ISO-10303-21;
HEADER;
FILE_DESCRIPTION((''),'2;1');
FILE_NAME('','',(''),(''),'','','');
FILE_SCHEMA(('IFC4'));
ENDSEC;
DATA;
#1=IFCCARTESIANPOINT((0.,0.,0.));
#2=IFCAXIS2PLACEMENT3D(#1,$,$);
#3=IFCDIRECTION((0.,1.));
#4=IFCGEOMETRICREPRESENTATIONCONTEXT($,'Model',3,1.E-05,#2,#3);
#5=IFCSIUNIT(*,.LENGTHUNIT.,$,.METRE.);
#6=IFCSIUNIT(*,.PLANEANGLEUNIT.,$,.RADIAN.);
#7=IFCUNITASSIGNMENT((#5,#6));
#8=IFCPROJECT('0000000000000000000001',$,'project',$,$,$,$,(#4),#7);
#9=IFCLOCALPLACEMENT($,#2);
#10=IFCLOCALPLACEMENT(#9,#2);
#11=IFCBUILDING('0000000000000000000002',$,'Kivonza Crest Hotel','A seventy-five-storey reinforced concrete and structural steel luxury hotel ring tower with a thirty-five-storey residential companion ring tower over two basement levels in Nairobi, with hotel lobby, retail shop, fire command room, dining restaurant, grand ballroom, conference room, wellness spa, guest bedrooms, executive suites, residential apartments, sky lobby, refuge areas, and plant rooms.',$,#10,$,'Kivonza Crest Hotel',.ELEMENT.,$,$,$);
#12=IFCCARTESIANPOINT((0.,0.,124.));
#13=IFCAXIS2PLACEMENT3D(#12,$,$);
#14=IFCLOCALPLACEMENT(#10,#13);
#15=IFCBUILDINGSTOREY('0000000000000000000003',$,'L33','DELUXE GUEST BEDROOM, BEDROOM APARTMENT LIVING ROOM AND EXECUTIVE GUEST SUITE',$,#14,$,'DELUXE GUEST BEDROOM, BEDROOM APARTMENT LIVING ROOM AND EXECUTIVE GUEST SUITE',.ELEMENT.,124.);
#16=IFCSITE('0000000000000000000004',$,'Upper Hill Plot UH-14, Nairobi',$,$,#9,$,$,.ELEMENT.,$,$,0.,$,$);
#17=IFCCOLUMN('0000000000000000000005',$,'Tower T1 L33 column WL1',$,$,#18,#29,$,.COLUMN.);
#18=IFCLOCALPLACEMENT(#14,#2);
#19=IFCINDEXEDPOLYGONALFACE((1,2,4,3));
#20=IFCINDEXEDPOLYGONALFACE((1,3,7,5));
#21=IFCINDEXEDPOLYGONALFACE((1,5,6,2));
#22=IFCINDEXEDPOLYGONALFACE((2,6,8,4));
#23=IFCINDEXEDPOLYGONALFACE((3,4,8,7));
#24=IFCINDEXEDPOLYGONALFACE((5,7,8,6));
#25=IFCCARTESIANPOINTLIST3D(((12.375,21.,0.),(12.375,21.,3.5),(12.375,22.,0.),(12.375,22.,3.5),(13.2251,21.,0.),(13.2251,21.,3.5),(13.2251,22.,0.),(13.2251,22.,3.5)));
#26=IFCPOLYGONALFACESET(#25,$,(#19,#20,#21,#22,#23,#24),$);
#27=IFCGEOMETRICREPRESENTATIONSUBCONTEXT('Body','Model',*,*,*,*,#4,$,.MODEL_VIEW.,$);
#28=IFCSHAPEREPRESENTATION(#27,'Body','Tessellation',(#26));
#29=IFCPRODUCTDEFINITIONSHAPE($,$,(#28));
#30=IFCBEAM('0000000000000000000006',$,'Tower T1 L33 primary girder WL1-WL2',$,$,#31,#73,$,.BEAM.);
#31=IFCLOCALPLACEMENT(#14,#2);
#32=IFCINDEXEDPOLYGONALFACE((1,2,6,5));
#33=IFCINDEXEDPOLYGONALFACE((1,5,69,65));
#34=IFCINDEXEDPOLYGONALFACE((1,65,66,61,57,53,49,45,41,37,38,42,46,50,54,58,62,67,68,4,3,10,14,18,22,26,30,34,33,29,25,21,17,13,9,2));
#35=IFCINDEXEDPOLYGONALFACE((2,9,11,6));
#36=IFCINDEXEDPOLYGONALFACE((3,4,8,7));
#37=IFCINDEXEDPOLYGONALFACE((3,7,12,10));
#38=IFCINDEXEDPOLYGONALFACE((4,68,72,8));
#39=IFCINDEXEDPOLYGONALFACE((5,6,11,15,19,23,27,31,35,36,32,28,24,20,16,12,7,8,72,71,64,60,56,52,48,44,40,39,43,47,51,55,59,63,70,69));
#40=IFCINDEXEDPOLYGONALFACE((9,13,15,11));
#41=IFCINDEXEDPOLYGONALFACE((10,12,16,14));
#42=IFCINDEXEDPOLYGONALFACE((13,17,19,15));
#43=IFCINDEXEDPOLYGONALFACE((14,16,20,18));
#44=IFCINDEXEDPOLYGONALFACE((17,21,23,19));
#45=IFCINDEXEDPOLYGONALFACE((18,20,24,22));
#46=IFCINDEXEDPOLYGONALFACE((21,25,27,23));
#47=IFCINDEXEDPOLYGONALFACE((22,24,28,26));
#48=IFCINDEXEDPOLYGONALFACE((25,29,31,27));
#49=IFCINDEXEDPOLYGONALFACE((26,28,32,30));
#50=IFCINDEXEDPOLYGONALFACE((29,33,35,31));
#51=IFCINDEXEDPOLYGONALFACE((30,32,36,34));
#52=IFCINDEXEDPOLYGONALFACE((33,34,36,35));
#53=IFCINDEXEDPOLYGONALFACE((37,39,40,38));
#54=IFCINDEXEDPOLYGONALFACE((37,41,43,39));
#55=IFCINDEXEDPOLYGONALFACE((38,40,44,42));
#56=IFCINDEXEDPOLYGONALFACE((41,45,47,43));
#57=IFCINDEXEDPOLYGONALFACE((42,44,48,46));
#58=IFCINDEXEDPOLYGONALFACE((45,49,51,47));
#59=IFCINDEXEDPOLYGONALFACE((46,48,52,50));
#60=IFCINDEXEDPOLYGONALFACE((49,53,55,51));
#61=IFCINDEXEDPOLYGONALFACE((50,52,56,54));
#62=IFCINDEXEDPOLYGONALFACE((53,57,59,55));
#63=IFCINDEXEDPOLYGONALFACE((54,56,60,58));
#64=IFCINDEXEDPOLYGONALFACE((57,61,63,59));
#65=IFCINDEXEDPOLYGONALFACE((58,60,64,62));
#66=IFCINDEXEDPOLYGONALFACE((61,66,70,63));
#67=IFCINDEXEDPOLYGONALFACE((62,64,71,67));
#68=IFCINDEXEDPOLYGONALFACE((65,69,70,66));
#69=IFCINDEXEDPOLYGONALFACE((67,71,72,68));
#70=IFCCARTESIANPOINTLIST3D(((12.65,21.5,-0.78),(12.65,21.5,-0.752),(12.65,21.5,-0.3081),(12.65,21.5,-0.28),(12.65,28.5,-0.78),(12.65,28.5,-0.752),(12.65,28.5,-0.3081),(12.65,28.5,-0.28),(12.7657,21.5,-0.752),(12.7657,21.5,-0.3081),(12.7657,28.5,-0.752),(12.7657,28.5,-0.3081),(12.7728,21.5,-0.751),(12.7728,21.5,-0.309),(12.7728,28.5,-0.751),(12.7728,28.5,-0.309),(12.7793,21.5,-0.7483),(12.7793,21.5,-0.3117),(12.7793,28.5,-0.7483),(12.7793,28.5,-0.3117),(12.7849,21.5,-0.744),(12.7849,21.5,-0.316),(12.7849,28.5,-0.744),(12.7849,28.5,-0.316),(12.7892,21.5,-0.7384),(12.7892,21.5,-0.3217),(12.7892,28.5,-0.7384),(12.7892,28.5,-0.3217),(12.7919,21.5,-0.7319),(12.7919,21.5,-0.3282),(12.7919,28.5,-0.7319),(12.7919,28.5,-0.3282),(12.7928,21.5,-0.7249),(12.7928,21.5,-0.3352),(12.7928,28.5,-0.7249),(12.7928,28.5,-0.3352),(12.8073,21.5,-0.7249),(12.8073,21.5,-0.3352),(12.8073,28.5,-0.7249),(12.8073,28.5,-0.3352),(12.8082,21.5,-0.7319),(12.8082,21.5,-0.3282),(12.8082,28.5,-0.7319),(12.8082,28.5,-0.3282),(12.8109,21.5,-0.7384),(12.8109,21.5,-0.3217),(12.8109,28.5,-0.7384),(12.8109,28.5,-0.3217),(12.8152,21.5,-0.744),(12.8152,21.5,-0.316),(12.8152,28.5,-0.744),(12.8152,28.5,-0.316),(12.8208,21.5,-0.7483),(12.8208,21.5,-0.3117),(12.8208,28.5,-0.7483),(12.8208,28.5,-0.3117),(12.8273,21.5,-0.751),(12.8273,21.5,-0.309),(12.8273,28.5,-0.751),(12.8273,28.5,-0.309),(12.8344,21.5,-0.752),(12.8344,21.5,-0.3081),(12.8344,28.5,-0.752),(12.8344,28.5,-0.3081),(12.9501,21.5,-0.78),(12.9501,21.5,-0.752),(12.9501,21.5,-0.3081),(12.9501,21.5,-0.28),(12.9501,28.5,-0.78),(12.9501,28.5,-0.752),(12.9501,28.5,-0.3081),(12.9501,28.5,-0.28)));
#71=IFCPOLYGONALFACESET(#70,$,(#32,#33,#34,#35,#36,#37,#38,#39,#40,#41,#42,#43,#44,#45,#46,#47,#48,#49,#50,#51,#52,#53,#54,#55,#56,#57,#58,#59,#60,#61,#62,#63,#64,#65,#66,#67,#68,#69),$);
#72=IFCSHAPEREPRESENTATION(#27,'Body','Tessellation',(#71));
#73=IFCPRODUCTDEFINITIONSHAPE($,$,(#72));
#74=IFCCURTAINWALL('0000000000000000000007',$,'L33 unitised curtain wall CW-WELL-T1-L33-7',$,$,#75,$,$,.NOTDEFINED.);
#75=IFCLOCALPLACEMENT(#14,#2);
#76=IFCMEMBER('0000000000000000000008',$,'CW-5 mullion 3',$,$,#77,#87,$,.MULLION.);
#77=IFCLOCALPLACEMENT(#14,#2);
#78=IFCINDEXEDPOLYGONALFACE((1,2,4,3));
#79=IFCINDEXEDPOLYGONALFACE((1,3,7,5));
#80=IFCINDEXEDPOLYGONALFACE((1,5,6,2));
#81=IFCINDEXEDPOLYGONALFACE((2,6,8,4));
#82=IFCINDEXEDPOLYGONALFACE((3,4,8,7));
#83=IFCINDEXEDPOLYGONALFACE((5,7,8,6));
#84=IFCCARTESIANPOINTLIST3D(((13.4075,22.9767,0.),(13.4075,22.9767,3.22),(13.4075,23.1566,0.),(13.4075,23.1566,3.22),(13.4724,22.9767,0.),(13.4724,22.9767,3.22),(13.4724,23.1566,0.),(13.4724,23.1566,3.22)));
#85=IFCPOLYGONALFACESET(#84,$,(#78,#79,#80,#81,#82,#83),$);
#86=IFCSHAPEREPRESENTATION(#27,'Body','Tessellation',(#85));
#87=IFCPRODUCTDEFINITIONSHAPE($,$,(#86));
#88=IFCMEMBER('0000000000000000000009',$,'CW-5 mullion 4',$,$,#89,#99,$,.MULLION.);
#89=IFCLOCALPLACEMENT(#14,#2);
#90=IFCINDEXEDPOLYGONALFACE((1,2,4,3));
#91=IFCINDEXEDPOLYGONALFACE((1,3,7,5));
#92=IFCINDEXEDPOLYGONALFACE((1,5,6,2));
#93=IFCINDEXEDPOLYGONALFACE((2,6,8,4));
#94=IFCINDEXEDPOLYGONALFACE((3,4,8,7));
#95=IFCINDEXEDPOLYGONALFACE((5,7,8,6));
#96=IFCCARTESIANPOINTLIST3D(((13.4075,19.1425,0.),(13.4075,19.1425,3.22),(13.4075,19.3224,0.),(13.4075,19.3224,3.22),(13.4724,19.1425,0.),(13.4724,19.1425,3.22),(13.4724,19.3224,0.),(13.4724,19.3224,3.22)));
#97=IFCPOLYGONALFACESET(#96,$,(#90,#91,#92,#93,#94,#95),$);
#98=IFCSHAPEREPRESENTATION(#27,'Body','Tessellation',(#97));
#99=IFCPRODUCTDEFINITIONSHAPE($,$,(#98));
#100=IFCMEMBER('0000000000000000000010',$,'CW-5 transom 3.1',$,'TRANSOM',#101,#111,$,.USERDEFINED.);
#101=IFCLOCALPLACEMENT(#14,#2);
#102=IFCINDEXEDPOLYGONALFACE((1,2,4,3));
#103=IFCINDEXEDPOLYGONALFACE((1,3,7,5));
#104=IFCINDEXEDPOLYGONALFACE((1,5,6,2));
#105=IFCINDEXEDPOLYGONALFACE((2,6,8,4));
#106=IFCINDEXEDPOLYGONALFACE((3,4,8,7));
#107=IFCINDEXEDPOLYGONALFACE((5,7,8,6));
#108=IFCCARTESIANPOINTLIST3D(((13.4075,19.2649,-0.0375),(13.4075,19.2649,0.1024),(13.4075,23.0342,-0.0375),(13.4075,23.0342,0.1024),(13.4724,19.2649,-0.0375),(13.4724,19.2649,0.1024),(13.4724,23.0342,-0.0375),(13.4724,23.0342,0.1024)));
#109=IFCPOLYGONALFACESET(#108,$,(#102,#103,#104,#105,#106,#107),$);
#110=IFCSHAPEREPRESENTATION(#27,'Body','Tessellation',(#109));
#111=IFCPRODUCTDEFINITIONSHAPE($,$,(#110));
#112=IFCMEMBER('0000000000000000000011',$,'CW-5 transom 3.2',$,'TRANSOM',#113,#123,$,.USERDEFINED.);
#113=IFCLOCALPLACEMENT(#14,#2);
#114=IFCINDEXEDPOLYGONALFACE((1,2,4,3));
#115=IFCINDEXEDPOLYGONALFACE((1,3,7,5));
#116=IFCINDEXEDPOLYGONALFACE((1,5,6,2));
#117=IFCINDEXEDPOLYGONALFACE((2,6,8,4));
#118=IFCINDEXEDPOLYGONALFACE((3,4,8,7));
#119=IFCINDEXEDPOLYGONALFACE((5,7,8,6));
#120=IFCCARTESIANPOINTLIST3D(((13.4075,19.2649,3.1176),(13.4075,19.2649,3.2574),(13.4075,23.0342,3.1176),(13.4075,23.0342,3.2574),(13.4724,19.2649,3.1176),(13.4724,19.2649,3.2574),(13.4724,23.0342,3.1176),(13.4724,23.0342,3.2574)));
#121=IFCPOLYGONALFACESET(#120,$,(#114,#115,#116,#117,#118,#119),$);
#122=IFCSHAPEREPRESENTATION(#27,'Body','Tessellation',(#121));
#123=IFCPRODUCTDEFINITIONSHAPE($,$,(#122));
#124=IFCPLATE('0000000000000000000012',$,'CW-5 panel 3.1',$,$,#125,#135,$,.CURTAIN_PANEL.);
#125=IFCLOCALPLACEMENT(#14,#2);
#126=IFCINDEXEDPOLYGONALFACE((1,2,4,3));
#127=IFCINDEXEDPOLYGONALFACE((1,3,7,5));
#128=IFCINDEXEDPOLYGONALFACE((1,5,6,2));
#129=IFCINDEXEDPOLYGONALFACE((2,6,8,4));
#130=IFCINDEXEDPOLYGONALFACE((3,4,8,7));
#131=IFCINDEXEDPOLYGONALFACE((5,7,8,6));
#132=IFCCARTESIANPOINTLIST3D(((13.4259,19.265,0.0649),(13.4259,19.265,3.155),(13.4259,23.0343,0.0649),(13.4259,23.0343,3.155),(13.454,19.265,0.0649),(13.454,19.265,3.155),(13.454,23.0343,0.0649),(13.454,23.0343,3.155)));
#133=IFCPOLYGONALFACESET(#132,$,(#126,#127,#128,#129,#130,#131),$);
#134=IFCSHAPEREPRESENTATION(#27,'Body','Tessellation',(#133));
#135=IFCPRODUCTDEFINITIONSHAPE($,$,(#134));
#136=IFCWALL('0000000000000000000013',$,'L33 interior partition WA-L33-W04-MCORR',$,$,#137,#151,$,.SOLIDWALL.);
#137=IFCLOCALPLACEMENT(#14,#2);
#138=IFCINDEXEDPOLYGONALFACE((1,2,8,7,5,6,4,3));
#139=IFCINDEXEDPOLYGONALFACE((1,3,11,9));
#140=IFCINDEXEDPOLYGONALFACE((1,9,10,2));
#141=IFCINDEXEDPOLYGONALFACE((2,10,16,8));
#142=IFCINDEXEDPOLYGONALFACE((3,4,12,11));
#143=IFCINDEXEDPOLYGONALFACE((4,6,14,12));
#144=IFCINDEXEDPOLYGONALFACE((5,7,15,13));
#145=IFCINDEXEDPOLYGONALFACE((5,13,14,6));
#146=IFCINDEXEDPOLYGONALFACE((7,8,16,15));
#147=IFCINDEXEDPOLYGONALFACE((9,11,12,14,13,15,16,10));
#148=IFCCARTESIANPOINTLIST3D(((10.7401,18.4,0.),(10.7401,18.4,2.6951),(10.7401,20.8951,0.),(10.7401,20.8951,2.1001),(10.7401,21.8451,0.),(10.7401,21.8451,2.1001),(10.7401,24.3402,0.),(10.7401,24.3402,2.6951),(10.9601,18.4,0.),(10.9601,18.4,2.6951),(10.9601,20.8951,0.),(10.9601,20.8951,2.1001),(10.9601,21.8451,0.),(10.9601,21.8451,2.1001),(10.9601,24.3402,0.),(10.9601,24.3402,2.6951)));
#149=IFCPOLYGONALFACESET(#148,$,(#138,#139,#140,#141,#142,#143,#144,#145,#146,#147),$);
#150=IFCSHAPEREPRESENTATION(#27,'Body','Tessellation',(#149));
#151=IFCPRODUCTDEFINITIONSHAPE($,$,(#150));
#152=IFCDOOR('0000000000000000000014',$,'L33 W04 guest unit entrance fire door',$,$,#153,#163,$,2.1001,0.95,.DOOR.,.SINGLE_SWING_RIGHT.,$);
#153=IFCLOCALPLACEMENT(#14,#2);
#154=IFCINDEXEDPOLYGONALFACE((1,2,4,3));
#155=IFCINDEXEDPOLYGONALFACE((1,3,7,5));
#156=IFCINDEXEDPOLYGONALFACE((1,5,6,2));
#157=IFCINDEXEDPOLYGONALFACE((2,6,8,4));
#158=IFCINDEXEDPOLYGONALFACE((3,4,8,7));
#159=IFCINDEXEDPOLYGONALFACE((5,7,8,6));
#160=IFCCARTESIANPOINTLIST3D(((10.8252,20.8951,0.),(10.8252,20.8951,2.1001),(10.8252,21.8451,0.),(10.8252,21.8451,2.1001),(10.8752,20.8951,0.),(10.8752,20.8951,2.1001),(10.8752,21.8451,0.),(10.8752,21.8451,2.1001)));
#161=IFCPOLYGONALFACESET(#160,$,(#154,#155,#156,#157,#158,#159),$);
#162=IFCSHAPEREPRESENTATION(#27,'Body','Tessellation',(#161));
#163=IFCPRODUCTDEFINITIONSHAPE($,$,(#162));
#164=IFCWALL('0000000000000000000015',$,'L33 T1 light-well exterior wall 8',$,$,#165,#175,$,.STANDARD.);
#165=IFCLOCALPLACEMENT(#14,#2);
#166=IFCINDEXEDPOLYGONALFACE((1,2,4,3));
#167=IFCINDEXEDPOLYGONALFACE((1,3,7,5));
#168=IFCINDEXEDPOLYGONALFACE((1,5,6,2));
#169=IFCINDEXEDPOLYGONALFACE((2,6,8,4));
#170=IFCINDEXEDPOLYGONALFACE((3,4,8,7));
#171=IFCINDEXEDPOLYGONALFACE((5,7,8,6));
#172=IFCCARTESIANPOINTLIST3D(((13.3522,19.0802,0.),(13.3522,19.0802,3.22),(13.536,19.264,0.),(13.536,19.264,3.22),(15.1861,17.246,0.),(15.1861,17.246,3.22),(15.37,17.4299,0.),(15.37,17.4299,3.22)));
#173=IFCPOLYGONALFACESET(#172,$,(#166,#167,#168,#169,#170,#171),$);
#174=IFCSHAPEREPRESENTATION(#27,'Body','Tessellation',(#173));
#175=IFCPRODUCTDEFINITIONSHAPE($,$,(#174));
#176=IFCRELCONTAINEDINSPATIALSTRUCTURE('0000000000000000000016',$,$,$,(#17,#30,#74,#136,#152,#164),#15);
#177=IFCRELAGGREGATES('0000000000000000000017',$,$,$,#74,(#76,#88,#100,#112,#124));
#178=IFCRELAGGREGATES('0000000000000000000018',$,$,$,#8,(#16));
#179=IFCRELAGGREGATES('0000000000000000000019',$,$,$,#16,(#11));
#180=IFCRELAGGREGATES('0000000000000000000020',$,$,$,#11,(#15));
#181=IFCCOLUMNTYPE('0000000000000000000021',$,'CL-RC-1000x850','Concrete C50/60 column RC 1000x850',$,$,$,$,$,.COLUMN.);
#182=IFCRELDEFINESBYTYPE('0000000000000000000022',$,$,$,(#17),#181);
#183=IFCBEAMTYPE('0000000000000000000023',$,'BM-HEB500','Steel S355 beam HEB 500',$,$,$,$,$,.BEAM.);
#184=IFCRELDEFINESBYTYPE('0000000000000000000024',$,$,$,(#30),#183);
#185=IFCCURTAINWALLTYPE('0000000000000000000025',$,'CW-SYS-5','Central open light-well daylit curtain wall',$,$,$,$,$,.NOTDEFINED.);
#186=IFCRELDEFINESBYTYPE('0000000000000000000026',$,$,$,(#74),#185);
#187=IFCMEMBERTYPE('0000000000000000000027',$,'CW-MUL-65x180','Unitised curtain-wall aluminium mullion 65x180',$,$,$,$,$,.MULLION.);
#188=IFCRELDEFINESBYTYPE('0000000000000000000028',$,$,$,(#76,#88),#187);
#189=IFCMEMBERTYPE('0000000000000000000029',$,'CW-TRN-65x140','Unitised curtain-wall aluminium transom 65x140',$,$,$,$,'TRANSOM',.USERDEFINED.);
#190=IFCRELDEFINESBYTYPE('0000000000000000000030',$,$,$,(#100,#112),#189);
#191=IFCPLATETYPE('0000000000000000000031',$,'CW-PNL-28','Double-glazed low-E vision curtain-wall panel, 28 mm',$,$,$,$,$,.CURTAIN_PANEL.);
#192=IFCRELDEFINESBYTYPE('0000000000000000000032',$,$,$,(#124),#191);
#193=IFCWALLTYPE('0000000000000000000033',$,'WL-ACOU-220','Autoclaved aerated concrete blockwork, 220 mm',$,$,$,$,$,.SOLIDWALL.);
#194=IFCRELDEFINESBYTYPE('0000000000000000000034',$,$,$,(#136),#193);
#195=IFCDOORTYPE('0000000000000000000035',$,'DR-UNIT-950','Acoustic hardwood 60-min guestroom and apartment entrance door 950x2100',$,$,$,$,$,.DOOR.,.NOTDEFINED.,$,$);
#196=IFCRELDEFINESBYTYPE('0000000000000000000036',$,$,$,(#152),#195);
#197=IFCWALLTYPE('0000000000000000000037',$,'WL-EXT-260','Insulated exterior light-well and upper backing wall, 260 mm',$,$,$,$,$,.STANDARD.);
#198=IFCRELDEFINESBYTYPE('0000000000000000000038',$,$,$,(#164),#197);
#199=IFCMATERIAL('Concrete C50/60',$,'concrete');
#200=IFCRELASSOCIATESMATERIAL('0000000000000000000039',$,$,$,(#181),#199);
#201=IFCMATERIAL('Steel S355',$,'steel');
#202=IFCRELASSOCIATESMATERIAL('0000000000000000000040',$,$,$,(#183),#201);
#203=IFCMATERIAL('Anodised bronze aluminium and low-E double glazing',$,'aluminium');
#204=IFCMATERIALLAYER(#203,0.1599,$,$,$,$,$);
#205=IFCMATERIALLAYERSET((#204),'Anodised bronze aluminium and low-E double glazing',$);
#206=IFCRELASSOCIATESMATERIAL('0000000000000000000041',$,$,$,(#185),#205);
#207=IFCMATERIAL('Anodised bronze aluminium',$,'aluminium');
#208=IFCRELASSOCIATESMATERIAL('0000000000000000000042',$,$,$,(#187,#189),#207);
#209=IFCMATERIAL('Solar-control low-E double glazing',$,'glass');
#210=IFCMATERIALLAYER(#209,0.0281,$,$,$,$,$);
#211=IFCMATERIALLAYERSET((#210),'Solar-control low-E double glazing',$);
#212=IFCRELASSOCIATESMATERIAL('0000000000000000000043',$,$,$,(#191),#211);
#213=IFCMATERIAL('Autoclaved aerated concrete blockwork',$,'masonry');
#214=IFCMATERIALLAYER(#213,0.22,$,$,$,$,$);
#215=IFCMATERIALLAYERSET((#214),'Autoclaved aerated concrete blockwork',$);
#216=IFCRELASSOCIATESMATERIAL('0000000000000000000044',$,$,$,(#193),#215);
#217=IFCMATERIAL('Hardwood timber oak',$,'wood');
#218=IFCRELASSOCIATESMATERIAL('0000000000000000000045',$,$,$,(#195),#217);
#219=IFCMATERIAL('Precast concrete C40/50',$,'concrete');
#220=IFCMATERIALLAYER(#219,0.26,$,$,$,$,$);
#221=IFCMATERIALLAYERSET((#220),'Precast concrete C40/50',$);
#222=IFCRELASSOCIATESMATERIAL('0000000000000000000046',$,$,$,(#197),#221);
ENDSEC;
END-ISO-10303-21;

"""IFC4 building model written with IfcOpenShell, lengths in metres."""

from ifc_helpers import new_model, si_unit, direction, frame, frame_2d, origin, origin_2d, place, context, subcontext, project, spatial, rectangle, i_section, extrude, material, layer, layer_set, material_profile, profile_set, type_object, element, fill, aggregate, save


model = new_model("IFC4")

# Units and contexts
model_context = context("Model", 3, precision=1e-05, world=origin(), true_north=direction((0.0, 1.0)))
body_context = subcontext(model_context, "Body", "Model", "MODEL_VIEW")
ifc_project = project(units=[si_unit("LENGTHUNIT", "METRE"), si_unit("PLANEANGLEUNIT", "RADIAN")], contexts=[model_context])

# Site, building, storey
site_placement = place(None, origin())
site = spatial("IfcSite", under=ifc_project, at=site_placement, Name="Upper Hill Plot UH-14, Nairobi", CompositionType="ELEMENT", RefElevation=0.0)
building_placement = place(site_placement, origin())
building = spatial("IfcBuilding", under=site, at=building_placement, Name="Kivonza Crest Hotel", Description="A seventy-five-storey reinforced concrete and structural steel luxury hotel ring tower with a thirty-five-storey residential companion ring tower over two basement levels in Nairobi, with hotel lobby, retail shop, fire command room, dining restaurant, grand ballroom, conference room, wellness spa, guest bedrooms, executive suites, residential apartments, sky lobby, refuge areas, and plant rooms.", LongName="Kivonza Crest Hotel", CompositionType="ELEMENT")
storey_placement = place(building_placement, frame((0.0, 0.0, 124.0)))
storey = spatial("IfcBuildingStorey", under=building, at=storey_placement, Name="L33", Description="DELUXE GUEST BEDROOM, BEDROOM APARTMENT LIVING ROOM AND EXECUTIVE GUEST SUITE", LongName="DELUXE GUEST BEDROOM, BEDROOM APARTMENT LIVING ROOM AND EXECUTIVE GUEST SUITE", CompositionType="ELEMENT", Elevation=124.0)

# Column
ifc_material_1 = material(Name="Concrete C50/60", Category="concrete")
ifc_material_profile_1 = material_profile(ifc_material_1, rectangle(XDim=0.8501, YDim=1.0, at=origin_2d()), Name="RC 1000x850")
ifc_profile_set_1 = profile_set([ifc_material_profile_1], Name="Concrete C50/60")
column_type = type_object("IfcColumnType", Name="CL-RC-1000x850", Description="Concrete C50/60 column RC 1000x850", PredefinedType="COLUMN", material=ifc_profile_set_1)
column_placement = place(storey_placement, frame((12.8, 21.5, 0.0), z_axis=(0.0, 0.0, 1.0), x_axis=(1.0, 0.0, 0.0)))
element("IfcColumn", 1, at=column_placement, inside=storey, type_object=column_type, Name="Tower T1 L33 column WL1", PredefinedType="COLUMN", context=body_context, shape_type="SweptSolid", body=[
    extrude(rectangle(XDim=0.8501, YDim=1.0, at=origin_2d()), origin(), (0.0, 0.0, 1.0), 3.5),
])

# Beam
ifc_material_2 = material(Name="Steel S355", Category="steel")
ifc_material_profile_2 = material_profile(ifc_material_2, i_section(OverallWidth=0.3, OverallDepth=0.5, WebThickness=0.0144, FlangeThickness=0.0281, FilletRadius=0.0271, at=origin_2d()), Name="HEB 500")
ifc_profile_set_2 = profile_set([ifc_material_profile_2], Name="Steel S355")
beam_type = type_object("IfcBeamType", Name="BM-HEB500", Description="Steel S355 beam HEB 500", PredefinedType="BEAM", material=ifc_profile_set_2)
beam_placement = place(storey_placement, frame((12.8, 21.5, -0.53), z_axis=(0.0, 1.0, 0.0), x_axis=(-1.0, 0.0, 0.0)))
element("IfcBeam", 2, at=beam_placement, inside=storey, type_object=beam_type, Name="Tower T1 L33 primary girder WL1-WL2", PredefinedType="BEAM", context=body_context, shape_type="SweptSolid", body=[
    extrude(i_section(OverallWidth=0.3, OverallDepth=0.5, WebThickness=0.0144, FlangeThickness=0.0281, FilletRadius=0.0271, at=origin_2d()), origin(), (0.0, 0.0, 1.0), 7.0),
])

# Curtain wall, members, plate
ifc_material_3 = material(Name="Anodised bronze aluminium and low-E double glazing", Category="aluminium")
ifc_layer_1 = layer(ifc_material_3, 0.1599)
ifc_layer_set_1 = layer_set([ifc_layer_1], Name="Anodised bronze aluminium and low-E double glazing")
curtain_wall_type = type_object("IfcCurtainWallType", Name="CW-SYS-5", Description="Central open light-well daylit curtain wall", PredefinedType="NOTDEFINED", material=ifc_layer_set_1)
curtain_wall_placement = place(storey_placement, origin())
curtain_wall = element("IfcCurtainWall", 3, at=curtain_wall_placement, inside=storey, type_object=curtain_wall_type, Name="L33 unitised curtain wall CW-WELL-T1-L33-7", PredefinedType="NOTDEFINED")
ifc_material_4 = material(Name="Anodised bronze aluminium", Category="aluminium")
ifc_material_profile_3 = material_profile(ifc_material_4, rectangle(XDim=0.0649, YDim=0.1799, at=origin_2d()), Name="CW-M 65x180")
ifc_profile_set_3 = profile_set([ifc_material_profile_3], Name="Anodised bronze aluminium")
member_type_1 = type_object("IfcMemberType", Name="CW-MUL-65x180", Description="Unitised curtain-wall aluminium mullion 65x180", PredefinedType="MULLION", material=ifc_profile_set_3)
member_1_placement = place(storey_placement, frame((13.4399, 23.0667, 0.0), z_axis=(0.0, 0.0, 1.0), x_axis=(1.0, 0.0, 0.0)))
member_1 = element("IfcMember", 4, at=member_1_placement, type_object=member_type_1, Name="CW-5 mullion 3", PredefinedType="MULLION", context=body_context, shape_type="SweptSolid", body=[
    extrude(rectangle(XDim=0.0649, YDim=0.1799, at=origin_2d()), origin(), (0.0, 0.0, 1.0), 3.22),
])
member_2_placement = place(storey_placement, frame((13.4399, 19.2324, 0.0), z_axis=(0.0, 0.0, 1.0), x_axis=(1.0, 0.0, 0.0)))
member_2 = element("IfcMember", 5, at=member_2_placement, type_object=member_type_1, Name="CW-5 mullion 4", PredefinedType="MULLION", context=body_context, shape_type="SweptSolid", body=[
    extrude(rectangle(XDim=0.0649, YDim=0.1799, at=origin_2d()), origin(), (0.0, 0.0, 1.0), 3.22),
])
ifc_material_profile_4 = material_profile(ifc_material_4, rectangle(XDim=0.0649, YDim=0.1399, at=origin_2d()), Name="CW-T 65x140")
ifc_profile_set_4 = profile_set([ifc_material_profile_4], Name="Anodised bronze aluminium")
member_type_2 = type_object("IfcMemberType", Name="CW-TRN-65x140", Description="Unitised curtain-wall aluminium transom 65x140", ElementType="TRANSOM", PredefinedType="USERDEFINED", material=ifc_profile_set_4)
member_3_placement = place(storey_placement, frame((13.4399, 23.0342, 0.0325), z_axis=(0.0, -1.0, 0.0), x_axis=(1.0, 0.0, 0.0)))
member_3 = element("IfcMember", 6, at=member_3_placement, type_object=member_type_2, Name="CW-5 transom 3.1", ObjectType="TRANSOM", PredefinedType="USERDEFINED", context=body_context, shape_type="SweptSolid", body=[
    extrude(rectangle(XDim=0.0649, YDim=0.1399, at=origin_2d()), origin(), (0.0, 0.0, 1.0), 3.7693),
])
member_4_placement = place(storey_placement, frame((13.4399, 23.0342, 3.1875), z_axis=(0.0, -1.0, 0.0), x_axis=(1.0, 0.0, 0.0)))
member_4 = element("IfcMember", 7, at=member_4_placement, type_object=member_type_2, Name="CW-5 transom 3.2", ObjectType="TRANSOM", PredefinedType="USERDEFINED", context=body_context, shape_type="SweptSolid", body=[
    extrude(rectangle(XDim=0.0649, YDim=0.1399, at=origin_2d()), origin(), (0.0, 0.0, 1.0), 3.7693),
])
ifc_material_5 = material(Name="Solar-control low-E double glazing", Category="glass")
ifc_layer_2 = layer(ifc_material_5, 0.0281)
ifc_layer_set_2 = layer_set([ifc_layer_2], Name="Solar-control low-E double glazing")
plate_type = type_object("IfcPlateType", Name="CW-PNL-28", Description="Double-glazed low-E vision curtain-wall panel, 28 mm", PredefinedType="CURTAIN_PANEL", material=ifc_layer_set_2)
plate_placement = place(storey_placement, frame((13.4399, 21.1497, 0.0649), z_axis=(0.0, 0.0, 1.0), x_axis=(0.0, -1.0, 0.0)))
plate = element("IfcPlate", 8, at=plate_placement, type_object=plate_type, Name="CW-5 panel 3.1", PredefinedType="CURTAIN_PANEL", context=body_context, shape_type="SweptSolid", body=[
    extrude(rectangle(XDim=3.7693, YDim=0.0281, at=origin_2d()), origin(), (0.0, 0.0, 1.0), 3.0901),
])
aggregate(curtain_wall, [member_1, member_2, member_3, member_4, plate])

# Wall, opening, door
ifc_material_6 = material(Name="Autoclaved aerated concrete blockwork", Category="masonry")
ifc_layer_3 = layer(ifc_material_6, 0.22)
ifc_layer_set_3 = layer_set([ifc_layer_3], Name="Autoclaved aerated concrete blockwork")
wall_type_1 = type_object("IfcWallType", Name="WL-ACOU-220", Description="Autoclaved aerated concrete blockwork, 220 mm", PredefinedType="SOLIDWALL", material=ifc_layer_set_3)
wall_1_placement = place(storey_placement, frame((10.8501, 18.3999, 0.0), z_axis=(0.0, 0.0, 1.0), x_axis=(0.0, 1.0, 0.0)))
wall_1 = element("IfcWall", 9, at=wall_1_placement, inside=storey, type_object=wall_type_1, Name="L33 interior partition WA-L33-W04-MCORR", PredefinedType="SOLIDWALL", context=body_context, shape_type="SweptSolid", body=[
    extrude(rectangle(XDim=5.9402, YDim=0.22, at=frame_2d((2.9702, 0.0))), origin(), (0.0, 0.0, 1.0), 2.6951),
])
opening_1_placement = place(wall_1_placement, frame((2.4951, 0.0, 0.0)))
opening_1 = element("IfcOpeningElement", 10, at=opening_1_placement, cuts=wall_1, PredefinedType="OPENING", context=body_context, shape_type="SweptSolid", body=[
    extrude(rectangle(XDim=0.95, YDim=2.1001, at=frame_2d((0.4751, 1.05))), frame((0.0, 0.1201, 0.0), z_axis=(0.0, -1.0, 0.0), x_axis=(1.0, 0.0, 0.0)), (0.0, 0.0, 1.0), 0.24),
])
ifc_material_7 = material(Name="Hardwood timber oak", Category="wood")
door_type_1 = type_object("IfcDoorType", Name="DR-UNIT-950", Description="Acoustic hardwood 60-min guestroom and apartment entrance door 950x2100", OperationType="NOTDEFINED", PredefinedType="DOOR", material=ifc_material_7)
door_1_placement = place(opening_1_placement, origin())
door_1 = element("IfcDoor", 11, at=door_1_placement, inside=storey, type_object=door_type_1, Name="L33 W04 guest unit entrance fire door", OperationType="SINGLE_SWING_RIGHT", OverallHeight=2.1001, OverallWidth=0.95, PredefinedType="DOOR", context=body_context, shape_type="SweptSolid", body=[
    extrude(rectangle(XDim=0.95, YDim=2.1001, at=frame_2d((0.4751, 1.05))), frame((0.0, 0.0249, 0.0), z_axis=(0.0, -1.0, 0.0), x_axis=(1.0, 0.0, 0.0)), (0.0, 0.0, 1.0), 0.05),
])
fill(opening_1, door_1)

# Wall
ifc_material_8 = material(Name="Precast concrete C40/50", Category="concrete")
ifc_layer_4 = layer(ifc_material_8, 0.26)
ifc_layer_set_4 = layer_set([ifc_layer_4], Name="Precast concrete C40/50")
wall_type_2 = type_object("IfcWallType", Name="WL-EXT-260", Description="Insulated exterior light-well and upper backing wall, 260 mm", PredefinedType="STANDARD", material=ifc_layer_set_4)
wall_2_placement = place(storey_placement, frame((13.4441, 19.1721, 0.0), z_axis=(0.0, 0.0, 1.0), x_axis=(0.70706, -0.707154, 0.0)))
element("IfcWall", 12, at=wall_2_placement, inside=storey, type_object=wall_type_2, Name="L33 T1 light-well exterior wall 8", PredefinedType="STANDARD", context=body_context, shape_type="SweptSolid", body=[
    extrude(rectangle(XDim=2.5938, YDim=0.26, at=frame_2d((1.2969, 0.0))), origin(), (0.0, 0.0, 1.0), 3.22),
])

save(model, "model.ifc")
